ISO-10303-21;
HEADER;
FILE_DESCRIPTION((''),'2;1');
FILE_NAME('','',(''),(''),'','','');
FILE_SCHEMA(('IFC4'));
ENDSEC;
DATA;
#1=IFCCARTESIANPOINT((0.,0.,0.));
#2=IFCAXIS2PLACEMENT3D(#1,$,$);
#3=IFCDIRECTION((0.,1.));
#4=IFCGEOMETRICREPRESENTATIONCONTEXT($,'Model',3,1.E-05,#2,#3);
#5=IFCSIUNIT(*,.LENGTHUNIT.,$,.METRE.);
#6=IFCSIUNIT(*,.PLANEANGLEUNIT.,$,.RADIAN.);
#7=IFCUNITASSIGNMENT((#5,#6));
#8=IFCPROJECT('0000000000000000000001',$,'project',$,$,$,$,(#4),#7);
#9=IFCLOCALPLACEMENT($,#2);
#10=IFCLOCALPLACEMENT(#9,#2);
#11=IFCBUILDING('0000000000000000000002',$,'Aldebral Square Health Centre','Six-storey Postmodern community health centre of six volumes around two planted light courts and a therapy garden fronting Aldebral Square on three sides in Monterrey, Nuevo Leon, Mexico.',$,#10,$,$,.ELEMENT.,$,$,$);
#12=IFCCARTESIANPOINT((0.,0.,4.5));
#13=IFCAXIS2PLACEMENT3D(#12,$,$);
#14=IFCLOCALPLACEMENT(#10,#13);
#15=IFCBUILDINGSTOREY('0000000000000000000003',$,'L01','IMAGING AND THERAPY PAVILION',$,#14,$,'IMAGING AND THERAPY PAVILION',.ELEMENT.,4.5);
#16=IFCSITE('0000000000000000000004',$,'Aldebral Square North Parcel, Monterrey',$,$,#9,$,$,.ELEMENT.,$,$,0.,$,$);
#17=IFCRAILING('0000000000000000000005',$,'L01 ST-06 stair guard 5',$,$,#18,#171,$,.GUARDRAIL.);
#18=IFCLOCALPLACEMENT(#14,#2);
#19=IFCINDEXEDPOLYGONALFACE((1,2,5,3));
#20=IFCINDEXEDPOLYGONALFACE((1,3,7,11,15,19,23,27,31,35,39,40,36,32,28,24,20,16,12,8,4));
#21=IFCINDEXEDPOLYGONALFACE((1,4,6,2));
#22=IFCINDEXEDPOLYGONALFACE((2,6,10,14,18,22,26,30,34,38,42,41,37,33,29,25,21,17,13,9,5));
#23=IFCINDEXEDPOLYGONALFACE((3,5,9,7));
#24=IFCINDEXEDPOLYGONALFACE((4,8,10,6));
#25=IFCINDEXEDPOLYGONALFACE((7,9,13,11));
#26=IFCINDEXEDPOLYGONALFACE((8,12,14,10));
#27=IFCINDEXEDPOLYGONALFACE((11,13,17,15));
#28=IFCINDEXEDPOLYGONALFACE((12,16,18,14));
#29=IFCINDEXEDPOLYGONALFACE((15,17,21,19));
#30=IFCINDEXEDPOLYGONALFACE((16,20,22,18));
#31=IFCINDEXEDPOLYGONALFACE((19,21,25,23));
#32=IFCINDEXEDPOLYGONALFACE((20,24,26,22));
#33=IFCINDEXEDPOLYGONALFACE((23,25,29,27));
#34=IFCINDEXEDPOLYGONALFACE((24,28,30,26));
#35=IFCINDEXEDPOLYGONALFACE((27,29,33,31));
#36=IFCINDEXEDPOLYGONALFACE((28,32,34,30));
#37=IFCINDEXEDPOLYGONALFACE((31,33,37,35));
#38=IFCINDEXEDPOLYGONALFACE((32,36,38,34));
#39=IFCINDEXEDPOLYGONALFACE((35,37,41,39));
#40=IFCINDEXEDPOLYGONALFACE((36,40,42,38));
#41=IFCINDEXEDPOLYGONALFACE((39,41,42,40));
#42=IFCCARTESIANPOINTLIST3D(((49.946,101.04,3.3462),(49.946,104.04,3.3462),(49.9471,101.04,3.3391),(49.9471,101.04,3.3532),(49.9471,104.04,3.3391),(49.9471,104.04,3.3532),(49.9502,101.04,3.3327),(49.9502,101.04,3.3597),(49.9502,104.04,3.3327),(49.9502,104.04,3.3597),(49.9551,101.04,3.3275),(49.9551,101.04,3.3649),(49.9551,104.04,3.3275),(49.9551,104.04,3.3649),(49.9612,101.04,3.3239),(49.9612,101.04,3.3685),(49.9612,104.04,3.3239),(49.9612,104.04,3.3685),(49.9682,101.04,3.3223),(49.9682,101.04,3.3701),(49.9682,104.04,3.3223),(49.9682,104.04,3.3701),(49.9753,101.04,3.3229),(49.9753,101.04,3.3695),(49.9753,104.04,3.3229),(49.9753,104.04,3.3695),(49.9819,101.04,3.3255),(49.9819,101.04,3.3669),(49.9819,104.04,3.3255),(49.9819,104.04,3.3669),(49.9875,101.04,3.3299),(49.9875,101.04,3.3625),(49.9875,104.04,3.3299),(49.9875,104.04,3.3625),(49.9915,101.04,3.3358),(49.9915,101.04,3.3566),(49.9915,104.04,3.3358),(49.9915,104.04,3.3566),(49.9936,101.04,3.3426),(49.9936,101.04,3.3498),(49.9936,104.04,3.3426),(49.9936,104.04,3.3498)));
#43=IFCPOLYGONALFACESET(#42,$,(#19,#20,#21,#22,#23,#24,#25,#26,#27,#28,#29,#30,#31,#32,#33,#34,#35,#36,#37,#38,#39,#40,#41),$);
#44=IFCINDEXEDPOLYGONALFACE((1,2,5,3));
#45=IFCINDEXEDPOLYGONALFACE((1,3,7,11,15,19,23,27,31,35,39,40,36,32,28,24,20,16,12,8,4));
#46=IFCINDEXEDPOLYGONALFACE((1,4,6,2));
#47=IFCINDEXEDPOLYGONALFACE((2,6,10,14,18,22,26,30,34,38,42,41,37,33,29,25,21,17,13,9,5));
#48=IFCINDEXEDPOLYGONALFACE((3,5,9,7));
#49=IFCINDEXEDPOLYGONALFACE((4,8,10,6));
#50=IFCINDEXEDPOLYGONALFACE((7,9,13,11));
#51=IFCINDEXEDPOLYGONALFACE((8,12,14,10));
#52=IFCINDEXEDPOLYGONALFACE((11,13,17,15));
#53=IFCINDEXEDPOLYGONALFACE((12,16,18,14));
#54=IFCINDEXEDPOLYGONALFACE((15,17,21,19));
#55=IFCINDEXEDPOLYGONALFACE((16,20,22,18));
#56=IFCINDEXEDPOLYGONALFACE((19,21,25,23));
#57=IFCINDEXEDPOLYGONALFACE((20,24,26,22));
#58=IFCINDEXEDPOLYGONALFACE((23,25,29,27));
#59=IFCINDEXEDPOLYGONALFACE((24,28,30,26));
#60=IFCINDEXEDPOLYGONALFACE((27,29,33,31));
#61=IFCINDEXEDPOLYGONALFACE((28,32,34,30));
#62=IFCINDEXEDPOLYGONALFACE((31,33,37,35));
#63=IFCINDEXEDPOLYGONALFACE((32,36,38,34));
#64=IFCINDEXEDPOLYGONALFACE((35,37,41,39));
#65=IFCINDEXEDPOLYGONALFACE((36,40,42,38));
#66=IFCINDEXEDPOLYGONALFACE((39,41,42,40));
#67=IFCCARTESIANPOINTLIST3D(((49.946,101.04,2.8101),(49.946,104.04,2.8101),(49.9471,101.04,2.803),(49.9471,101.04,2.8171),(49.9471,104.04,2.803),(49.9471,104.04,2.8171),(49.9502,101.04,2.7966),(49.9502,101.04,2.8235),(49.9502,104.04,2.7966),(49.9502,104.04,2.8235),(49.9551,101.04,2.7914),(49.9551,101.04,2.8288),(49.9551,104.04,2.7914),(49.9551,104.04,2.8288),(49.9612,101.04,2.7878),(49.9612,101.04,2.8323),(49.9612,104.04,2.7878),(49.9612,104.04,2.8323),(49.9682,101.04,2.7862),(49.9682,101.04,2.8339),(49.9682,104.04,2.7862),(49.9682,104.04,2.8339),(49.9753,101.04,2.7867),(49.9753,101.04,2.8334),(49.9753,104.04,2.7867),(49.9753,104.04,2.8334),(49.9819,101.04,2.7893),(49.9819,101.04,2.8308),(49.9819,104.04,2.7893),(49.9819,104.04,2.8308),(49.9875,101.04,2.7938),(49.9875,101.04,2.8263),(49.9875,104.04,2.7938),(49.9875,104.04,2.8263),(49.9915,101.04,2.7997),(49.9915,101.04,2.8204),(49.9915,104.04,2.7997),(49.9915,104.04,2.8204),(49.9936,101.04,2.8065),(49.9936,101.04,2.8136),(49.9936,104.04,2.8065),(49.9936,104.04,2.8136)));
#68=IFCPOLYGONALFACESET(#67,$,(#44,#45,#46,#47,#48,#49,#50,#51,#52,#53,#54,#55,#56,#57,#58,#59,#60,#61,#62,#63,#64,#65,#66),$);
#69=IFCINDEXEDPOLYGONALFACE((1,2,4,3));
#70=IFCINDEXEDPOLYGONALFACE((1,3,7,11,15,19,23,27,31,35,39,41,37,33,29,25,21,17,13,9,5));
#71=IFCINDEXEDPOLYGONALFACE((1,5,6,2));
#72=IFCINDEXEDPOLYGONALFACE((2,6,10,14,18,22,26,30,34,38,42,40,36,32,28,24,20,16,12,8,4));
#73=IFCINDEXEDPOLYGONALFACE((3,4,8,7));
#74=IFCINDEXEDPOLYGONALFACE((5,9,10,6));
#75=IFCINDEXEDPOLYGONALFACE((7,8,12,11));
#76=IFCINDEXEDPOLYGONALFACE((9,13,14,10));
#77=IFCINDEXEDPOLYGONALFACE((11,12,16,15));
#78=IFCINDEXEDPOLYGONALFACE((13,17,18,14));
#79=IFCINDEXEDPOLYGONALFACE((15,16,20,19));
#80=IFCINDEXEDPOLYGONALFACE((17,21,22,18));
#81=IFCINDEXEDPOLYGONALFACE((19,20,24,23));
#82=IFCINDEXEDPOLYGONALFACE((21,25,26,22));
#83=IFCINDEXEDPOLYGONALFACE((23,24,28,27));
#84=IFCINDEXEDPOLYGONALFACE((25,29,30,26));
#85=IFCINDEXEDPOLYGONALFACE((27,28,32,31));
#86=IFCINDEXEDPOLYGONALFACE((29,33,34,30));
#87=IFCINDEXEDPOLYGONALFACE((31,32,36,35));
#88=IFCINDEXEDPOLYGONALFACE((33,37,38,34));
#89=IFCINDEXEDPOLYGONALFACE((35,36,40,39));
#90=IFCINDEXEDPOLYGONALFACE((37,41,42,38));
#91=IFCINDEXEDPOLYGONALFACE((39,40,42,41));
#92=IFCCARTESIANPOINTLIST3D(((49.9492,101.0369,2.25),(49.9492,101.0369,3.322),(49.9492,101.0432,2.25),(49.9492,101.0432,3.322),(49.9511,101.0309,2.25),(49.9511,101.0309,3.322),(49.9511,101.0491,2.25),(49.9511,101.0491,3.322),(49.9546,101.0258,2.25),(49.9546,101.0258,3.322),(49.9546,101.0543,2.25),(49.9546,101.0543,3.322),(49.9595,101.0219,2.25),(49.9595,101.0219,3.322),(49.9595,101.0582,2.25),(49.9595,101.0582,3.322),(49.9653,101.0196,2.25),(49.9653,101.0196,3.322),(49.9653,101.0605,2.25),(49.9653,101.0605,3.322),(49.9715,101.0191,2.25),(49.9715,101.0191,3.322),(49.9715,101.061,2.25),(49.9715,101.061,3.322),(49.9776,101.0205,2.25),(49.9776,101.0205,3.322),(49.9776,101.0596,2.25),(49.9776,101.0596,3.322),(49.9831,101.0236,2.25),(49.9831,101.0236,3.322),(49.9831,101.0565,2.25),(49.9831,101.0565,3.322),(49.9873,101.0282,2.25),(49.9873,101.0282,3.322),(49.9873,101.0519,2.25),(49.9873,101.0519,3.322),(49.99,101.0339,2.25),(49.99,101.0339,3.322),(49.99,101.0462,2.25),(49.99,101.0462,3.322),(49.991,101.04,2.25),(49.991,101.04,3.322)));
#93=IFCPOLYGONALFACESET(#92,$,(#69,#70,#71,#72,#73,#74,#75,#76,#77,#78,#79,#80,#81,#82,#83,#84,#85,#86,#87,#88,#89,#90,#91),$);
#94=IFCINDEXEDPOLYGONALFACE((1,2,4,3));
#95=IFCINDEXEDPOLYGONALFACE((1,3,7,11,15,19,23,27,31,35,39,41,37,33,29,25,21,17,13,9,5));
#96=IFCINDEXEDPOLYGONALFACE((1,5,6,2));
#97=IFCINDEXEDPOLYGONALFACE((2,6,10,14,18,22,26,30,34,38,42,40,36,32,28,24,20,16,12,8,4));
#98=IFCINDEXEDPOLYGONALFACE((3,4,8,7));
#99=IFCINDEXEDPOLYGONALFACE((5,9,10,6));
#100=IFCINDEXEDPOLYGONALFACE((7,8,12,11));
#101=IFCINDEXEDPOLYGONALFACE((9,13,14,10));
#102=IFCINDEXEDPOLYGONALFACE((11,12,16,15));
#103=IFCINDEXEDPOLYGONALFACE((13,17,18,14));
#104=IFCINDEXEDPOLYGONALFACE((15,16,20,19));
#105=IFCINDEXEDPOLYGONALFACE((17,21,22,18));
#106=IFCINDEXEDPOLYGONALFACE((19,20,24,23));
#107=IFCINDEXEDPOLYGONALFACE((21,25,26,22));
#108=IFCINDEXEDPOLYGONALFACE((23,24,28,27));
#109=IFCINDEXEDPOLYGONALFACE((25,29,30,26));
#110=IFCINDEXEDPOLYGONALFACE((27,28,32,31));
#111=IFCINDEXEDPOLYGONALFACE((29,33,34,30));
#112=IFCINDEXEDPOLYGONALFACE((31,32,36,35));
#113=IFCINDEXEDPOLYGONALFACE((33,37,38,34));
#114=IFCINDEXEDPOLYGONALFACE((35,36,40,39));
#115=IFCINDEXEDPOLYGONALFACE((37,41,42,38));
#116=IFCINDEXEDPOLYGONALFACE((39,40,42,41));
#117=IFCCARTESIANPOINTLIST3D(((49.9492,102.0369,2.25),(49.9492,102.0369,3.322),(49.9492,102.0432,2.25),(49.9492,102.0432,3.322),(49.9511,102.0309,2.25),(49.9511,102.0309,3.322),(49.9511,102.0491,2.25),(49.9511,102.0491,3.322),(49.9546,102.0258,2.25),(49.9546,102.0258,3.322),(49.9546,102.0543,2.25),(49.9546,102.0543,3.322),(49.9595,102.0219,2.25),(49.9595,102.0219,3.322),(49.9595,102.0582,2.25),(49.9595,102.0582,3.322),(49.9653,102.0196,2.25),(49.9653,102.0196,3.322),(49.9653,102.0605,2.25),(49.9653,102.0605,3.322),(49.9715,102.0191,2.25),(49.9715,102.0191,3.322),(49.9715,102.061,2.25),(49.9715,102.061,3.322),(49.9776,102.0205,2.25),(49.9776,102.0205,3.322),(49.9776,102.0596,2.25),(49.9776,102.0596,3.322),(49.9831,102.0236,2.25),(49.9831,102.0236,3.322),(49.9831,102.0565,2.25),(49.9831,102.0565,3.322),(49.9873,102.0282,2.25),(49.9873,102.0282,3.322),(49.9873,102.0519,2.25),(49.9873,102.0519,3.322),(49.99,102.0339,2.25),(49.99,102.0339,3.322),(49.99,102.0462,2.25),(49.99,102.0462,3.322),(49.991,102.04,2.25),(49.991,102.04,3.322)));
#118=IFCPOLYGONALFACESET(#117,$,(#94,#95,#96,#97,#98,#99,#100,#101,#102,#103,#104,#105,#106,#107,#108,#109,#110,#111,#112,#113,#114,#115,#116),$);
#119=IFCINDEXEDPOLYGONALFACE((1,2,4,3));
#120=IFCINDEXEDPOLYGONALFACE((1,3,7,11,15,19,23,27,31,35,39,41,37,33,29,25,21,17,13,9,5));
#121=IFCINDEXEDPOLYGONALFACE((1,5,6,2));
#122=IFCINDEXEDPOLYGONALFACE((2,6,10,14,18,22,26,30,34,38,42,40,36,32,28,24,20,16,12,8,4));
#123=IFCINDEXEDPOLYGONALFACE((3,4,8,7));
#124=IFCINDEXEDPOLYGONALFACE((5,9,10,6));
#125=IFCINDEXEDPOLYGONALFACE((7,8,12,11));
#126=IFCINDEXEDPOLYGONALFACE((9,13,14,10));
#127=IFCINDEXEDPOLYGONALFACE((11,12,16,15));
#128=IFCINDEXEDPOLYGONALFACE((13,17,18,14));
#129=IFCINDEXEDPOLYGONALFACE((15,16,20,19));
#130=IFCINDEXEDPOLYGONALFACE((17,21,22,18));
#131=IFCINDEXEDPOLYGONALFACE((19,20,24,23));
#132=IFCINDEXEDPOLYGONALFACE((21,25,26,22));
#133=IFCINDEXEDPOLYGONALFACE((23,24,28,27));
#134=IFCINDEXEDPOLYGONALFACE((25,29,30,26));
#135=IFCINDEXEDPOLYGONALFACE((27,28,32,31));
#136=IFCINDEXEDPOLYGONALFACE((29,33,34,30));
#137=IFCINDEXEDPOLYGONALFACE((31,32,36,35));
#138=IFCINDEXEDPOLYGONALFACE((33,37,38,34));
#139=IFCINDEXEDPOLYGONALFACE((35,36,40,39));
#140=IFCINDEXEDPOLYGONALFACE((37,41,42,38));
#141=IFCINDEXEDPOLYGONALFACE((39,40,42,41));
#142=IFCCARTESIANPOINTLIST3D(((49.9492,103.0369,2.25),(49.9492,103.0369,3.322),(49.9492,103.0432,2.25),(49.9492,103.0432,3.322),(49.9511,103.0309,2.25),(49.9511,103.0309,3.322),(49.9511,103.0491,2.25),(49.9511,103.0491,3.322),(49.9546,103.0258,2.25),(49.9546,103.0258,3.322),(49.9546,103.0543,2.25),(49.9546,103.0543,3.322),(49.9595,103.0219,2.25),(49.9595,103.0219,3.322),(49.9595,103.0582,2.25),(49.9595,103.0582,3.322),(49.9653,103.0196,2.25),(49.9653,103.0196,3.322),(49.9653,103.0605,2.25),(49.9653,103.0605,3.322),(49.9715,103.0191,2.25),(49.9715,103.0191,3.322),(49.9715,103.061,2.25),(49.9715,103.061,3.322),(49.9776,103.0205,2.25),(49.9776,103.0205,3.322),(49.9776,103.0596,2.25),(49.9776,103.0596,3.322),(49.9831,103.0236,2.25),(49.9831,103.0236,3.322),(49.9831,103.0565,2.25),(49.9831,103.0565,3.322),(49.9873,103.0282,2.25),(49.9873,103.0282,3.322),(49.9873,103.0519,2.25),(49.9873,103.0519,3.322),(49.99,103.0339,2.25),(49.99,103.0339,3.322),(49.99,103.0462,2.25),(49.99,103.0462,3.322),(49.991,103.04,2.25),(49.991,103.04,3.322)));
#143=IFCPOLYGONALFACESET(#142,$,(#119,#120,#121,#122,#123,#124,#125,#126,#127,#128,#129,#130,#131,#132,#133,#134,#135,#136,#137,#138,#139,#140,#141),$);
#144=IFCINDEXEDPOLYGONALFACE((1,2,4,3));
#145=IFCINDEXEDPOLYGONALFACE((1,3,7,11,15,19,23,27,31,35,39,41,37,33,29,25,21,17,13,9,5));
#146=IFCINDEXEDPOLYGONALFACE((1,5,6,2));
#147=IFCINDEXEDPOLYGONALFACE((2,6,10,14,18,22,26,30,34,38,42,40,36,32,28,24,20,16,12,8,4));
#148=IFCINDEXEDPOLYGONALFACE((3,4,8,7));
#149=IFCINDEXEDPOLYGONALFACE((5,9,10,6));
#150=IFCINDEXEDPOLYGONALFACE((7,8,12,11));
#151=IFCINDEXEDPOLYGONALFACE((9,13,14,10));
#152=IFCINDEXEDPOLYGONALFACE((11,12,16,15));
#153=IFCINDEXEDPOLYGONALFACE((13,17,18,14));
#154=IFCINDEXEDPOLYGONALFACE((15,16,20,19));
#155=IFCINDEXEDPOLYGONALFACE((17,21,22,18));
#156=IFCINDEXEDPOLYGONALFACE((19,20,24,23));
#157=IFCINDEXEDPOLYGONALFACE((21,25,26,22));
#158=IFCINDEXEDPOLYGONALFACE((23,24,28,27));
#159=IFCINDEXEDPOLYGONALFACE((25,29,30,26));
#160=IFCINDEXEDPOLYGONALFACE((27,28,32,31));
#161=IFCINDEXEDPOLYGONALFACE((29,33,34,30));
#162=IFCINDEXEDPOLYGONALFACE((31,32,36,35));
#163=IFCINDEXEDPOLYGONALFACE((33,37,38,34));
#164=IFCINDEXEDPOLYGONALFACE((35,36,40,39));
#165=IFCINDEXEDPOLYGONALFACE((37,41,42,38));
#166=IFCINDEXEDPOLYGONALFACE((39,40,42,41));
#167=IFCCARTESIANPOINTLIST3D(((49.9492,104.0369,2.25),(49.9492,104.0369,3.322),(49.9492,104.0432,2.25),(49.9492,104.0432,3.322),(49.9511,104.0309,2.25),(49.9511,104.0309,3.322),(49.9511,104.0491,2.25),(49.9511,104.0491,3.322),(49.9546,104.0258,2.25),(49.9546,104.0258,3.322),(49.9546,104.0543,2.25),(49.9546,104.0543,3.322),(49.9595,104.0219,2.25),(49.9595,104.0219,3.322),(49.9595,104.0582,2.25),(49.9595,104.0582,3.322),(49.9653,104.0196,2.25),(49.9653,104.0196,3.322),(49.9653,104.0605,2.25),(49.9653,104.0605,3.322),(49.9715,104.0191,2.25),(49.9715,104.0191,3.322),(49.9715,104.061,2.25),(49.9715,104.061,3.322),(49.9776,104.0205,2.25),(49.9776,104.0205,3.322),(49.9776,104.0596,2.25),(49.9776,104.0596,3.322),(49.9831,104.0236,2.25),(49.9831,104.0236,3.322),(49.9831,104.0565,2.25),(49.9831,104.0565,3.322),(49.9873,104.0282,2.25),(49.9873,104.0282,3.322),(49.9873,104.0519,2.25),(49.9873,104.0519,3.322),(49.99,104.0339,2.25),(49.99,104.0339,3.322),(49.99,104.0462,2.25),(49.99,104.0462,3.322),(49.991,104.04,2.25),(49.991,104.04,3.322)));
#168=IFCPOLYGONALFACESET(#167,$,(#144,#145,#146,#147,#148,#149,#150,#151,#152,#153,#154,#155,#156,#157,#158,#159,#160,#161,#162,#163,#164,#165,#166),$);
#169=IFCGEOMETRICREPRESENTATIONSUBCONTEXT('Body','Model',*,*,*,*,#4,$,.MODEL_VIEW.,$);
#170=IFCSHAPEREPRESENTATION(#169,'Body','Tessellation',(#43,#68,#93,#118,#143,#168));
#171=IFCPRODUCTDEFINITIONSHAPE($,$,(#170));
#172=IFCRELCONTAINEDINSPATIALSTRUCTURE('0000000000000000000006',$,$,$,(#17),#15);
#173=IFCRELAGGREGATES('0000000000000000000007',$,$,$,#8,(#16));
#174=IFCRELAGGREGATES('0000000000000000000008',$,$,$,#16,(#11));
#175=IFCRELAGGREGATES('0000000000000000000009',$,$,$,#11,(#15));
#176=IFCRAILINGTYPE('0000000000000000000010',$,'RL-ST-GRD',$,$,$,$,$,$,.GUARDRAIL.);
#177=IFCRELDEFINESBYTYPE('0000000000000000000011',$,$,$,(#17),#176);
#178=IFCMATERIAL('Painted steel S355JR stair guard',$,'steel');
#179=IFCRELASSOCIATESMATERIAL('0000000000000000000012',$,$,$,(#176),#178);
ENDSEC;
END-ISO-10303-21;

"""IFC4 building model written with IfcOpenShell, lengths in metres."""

from ifc_helpers import new_model, si_unit, direction, frame, origin, origin_2d, place, context, subcontext, project, spatial, circle, extrude, material, type_object, element, save


model = new_model("IFC4")

# Units and contexts
model_context = context("Model", 3, precision=1e-05, world=origin(), true_north=direction((0.0, 1.0)))
body_context = subcontext(model_context, "Body", "Model", "MODEL_VIEW")
ifc_project = project(units=[si_unit("LENGTHUNIT", "METRE"), si_unit("PLANEANGLEUNIT", "RADIAN")], contexts=[model_context])

# Site, building, storey
site_placement = place(None, origin())
site = spatial("IfcSite", under=ifc_project, at=site_placement, Name="Aldebral Square North Parcel, Monterrey", CompositionType="ELEMENT", RefElevation=0.0)
building_placement = place(site_placement, origin())
building = spatial("IfcBuilding", under=site, at=building_placement, Name="Aldebral Square Health Centre", Description="Six-storey Postmodern community health centre of six volumes around two planted light courts and a therapy garden fronting Aldebral Square on three sides in Monterrey, Nuevo Leon, Mexico.", CompositionType="ELEMENT")
storey_placement = place(building_placement, frame((0.0, 0.0, 4.5)))
storey = spatial("IfcBuildingStorey", under=building, at=storey_placement, Name="L01", Description="IMAGING AND THERAPY PAVILION", LongName="IMAGING AND THERAPY PAVILION", CompositionType="ELEMENT", Elevation=4.5)

# Railing
ifc_material_1 = material(Name="Painted steel S355JR stair guard", Category="steel")
railing_type_1 = type_object("IfcRailingType", Name="RL-ST-GRD", PredefinedType="GUARDRAIL", material=ifc_material_1)
railing_1_placement = place(storey_placement, frame((49.97, 101.04, 2.25)))
element("IfcRailing", 1, at=railing_1_placement, inside=storey, type_object=railing_type_1, Name="L01 ST-06 stair guard 5", PredefinedType="GUARDRAIL", context=body_context, shape_type="SweptSolid", body=[
    extrude(circle(Radius=0.0239, at=origin_2d()), frame((0.0, 0.0, 1.0962), z_axis=(0.0, 1.0, 0.0), x_axis=(-1.0, 0.0, 0.0)), (0.0, 0.0, 1.0), 3.0),
    extrude(circle(Radius=0.0239, at=origin_2d()), frame((0.0, 0.0, 0.5601), z_axis=(0.0, 1.0, 0.0), x_axis=(-1.0, 0.0, 0.0)), (0.0, 0.0, 1.0), 3.0),
    extrude(circle(Radius=0.021, at=origin_2d()), origin(), (0.0, 0.0, 1.0), 1.072),
    extrude(circle(Radius=0.021, at=origin_2d()), frame((0.0, 1.0, 0.0)), (0.0, 0.0, 1.0), 1.072),
    extrude(circle(Radius=0.021, at=origin_2d()), frame((0.0, 2.0, 0.0)), (0.0, 0.0, 1.0), 1.072),
    extrude(circle(Radius=0.021, at=origin_2d()), frame((0.0, 3.0, 0.0)), (0.0, 0.0, 1.0), 1.072),
])

save(model, "model.ifc")
